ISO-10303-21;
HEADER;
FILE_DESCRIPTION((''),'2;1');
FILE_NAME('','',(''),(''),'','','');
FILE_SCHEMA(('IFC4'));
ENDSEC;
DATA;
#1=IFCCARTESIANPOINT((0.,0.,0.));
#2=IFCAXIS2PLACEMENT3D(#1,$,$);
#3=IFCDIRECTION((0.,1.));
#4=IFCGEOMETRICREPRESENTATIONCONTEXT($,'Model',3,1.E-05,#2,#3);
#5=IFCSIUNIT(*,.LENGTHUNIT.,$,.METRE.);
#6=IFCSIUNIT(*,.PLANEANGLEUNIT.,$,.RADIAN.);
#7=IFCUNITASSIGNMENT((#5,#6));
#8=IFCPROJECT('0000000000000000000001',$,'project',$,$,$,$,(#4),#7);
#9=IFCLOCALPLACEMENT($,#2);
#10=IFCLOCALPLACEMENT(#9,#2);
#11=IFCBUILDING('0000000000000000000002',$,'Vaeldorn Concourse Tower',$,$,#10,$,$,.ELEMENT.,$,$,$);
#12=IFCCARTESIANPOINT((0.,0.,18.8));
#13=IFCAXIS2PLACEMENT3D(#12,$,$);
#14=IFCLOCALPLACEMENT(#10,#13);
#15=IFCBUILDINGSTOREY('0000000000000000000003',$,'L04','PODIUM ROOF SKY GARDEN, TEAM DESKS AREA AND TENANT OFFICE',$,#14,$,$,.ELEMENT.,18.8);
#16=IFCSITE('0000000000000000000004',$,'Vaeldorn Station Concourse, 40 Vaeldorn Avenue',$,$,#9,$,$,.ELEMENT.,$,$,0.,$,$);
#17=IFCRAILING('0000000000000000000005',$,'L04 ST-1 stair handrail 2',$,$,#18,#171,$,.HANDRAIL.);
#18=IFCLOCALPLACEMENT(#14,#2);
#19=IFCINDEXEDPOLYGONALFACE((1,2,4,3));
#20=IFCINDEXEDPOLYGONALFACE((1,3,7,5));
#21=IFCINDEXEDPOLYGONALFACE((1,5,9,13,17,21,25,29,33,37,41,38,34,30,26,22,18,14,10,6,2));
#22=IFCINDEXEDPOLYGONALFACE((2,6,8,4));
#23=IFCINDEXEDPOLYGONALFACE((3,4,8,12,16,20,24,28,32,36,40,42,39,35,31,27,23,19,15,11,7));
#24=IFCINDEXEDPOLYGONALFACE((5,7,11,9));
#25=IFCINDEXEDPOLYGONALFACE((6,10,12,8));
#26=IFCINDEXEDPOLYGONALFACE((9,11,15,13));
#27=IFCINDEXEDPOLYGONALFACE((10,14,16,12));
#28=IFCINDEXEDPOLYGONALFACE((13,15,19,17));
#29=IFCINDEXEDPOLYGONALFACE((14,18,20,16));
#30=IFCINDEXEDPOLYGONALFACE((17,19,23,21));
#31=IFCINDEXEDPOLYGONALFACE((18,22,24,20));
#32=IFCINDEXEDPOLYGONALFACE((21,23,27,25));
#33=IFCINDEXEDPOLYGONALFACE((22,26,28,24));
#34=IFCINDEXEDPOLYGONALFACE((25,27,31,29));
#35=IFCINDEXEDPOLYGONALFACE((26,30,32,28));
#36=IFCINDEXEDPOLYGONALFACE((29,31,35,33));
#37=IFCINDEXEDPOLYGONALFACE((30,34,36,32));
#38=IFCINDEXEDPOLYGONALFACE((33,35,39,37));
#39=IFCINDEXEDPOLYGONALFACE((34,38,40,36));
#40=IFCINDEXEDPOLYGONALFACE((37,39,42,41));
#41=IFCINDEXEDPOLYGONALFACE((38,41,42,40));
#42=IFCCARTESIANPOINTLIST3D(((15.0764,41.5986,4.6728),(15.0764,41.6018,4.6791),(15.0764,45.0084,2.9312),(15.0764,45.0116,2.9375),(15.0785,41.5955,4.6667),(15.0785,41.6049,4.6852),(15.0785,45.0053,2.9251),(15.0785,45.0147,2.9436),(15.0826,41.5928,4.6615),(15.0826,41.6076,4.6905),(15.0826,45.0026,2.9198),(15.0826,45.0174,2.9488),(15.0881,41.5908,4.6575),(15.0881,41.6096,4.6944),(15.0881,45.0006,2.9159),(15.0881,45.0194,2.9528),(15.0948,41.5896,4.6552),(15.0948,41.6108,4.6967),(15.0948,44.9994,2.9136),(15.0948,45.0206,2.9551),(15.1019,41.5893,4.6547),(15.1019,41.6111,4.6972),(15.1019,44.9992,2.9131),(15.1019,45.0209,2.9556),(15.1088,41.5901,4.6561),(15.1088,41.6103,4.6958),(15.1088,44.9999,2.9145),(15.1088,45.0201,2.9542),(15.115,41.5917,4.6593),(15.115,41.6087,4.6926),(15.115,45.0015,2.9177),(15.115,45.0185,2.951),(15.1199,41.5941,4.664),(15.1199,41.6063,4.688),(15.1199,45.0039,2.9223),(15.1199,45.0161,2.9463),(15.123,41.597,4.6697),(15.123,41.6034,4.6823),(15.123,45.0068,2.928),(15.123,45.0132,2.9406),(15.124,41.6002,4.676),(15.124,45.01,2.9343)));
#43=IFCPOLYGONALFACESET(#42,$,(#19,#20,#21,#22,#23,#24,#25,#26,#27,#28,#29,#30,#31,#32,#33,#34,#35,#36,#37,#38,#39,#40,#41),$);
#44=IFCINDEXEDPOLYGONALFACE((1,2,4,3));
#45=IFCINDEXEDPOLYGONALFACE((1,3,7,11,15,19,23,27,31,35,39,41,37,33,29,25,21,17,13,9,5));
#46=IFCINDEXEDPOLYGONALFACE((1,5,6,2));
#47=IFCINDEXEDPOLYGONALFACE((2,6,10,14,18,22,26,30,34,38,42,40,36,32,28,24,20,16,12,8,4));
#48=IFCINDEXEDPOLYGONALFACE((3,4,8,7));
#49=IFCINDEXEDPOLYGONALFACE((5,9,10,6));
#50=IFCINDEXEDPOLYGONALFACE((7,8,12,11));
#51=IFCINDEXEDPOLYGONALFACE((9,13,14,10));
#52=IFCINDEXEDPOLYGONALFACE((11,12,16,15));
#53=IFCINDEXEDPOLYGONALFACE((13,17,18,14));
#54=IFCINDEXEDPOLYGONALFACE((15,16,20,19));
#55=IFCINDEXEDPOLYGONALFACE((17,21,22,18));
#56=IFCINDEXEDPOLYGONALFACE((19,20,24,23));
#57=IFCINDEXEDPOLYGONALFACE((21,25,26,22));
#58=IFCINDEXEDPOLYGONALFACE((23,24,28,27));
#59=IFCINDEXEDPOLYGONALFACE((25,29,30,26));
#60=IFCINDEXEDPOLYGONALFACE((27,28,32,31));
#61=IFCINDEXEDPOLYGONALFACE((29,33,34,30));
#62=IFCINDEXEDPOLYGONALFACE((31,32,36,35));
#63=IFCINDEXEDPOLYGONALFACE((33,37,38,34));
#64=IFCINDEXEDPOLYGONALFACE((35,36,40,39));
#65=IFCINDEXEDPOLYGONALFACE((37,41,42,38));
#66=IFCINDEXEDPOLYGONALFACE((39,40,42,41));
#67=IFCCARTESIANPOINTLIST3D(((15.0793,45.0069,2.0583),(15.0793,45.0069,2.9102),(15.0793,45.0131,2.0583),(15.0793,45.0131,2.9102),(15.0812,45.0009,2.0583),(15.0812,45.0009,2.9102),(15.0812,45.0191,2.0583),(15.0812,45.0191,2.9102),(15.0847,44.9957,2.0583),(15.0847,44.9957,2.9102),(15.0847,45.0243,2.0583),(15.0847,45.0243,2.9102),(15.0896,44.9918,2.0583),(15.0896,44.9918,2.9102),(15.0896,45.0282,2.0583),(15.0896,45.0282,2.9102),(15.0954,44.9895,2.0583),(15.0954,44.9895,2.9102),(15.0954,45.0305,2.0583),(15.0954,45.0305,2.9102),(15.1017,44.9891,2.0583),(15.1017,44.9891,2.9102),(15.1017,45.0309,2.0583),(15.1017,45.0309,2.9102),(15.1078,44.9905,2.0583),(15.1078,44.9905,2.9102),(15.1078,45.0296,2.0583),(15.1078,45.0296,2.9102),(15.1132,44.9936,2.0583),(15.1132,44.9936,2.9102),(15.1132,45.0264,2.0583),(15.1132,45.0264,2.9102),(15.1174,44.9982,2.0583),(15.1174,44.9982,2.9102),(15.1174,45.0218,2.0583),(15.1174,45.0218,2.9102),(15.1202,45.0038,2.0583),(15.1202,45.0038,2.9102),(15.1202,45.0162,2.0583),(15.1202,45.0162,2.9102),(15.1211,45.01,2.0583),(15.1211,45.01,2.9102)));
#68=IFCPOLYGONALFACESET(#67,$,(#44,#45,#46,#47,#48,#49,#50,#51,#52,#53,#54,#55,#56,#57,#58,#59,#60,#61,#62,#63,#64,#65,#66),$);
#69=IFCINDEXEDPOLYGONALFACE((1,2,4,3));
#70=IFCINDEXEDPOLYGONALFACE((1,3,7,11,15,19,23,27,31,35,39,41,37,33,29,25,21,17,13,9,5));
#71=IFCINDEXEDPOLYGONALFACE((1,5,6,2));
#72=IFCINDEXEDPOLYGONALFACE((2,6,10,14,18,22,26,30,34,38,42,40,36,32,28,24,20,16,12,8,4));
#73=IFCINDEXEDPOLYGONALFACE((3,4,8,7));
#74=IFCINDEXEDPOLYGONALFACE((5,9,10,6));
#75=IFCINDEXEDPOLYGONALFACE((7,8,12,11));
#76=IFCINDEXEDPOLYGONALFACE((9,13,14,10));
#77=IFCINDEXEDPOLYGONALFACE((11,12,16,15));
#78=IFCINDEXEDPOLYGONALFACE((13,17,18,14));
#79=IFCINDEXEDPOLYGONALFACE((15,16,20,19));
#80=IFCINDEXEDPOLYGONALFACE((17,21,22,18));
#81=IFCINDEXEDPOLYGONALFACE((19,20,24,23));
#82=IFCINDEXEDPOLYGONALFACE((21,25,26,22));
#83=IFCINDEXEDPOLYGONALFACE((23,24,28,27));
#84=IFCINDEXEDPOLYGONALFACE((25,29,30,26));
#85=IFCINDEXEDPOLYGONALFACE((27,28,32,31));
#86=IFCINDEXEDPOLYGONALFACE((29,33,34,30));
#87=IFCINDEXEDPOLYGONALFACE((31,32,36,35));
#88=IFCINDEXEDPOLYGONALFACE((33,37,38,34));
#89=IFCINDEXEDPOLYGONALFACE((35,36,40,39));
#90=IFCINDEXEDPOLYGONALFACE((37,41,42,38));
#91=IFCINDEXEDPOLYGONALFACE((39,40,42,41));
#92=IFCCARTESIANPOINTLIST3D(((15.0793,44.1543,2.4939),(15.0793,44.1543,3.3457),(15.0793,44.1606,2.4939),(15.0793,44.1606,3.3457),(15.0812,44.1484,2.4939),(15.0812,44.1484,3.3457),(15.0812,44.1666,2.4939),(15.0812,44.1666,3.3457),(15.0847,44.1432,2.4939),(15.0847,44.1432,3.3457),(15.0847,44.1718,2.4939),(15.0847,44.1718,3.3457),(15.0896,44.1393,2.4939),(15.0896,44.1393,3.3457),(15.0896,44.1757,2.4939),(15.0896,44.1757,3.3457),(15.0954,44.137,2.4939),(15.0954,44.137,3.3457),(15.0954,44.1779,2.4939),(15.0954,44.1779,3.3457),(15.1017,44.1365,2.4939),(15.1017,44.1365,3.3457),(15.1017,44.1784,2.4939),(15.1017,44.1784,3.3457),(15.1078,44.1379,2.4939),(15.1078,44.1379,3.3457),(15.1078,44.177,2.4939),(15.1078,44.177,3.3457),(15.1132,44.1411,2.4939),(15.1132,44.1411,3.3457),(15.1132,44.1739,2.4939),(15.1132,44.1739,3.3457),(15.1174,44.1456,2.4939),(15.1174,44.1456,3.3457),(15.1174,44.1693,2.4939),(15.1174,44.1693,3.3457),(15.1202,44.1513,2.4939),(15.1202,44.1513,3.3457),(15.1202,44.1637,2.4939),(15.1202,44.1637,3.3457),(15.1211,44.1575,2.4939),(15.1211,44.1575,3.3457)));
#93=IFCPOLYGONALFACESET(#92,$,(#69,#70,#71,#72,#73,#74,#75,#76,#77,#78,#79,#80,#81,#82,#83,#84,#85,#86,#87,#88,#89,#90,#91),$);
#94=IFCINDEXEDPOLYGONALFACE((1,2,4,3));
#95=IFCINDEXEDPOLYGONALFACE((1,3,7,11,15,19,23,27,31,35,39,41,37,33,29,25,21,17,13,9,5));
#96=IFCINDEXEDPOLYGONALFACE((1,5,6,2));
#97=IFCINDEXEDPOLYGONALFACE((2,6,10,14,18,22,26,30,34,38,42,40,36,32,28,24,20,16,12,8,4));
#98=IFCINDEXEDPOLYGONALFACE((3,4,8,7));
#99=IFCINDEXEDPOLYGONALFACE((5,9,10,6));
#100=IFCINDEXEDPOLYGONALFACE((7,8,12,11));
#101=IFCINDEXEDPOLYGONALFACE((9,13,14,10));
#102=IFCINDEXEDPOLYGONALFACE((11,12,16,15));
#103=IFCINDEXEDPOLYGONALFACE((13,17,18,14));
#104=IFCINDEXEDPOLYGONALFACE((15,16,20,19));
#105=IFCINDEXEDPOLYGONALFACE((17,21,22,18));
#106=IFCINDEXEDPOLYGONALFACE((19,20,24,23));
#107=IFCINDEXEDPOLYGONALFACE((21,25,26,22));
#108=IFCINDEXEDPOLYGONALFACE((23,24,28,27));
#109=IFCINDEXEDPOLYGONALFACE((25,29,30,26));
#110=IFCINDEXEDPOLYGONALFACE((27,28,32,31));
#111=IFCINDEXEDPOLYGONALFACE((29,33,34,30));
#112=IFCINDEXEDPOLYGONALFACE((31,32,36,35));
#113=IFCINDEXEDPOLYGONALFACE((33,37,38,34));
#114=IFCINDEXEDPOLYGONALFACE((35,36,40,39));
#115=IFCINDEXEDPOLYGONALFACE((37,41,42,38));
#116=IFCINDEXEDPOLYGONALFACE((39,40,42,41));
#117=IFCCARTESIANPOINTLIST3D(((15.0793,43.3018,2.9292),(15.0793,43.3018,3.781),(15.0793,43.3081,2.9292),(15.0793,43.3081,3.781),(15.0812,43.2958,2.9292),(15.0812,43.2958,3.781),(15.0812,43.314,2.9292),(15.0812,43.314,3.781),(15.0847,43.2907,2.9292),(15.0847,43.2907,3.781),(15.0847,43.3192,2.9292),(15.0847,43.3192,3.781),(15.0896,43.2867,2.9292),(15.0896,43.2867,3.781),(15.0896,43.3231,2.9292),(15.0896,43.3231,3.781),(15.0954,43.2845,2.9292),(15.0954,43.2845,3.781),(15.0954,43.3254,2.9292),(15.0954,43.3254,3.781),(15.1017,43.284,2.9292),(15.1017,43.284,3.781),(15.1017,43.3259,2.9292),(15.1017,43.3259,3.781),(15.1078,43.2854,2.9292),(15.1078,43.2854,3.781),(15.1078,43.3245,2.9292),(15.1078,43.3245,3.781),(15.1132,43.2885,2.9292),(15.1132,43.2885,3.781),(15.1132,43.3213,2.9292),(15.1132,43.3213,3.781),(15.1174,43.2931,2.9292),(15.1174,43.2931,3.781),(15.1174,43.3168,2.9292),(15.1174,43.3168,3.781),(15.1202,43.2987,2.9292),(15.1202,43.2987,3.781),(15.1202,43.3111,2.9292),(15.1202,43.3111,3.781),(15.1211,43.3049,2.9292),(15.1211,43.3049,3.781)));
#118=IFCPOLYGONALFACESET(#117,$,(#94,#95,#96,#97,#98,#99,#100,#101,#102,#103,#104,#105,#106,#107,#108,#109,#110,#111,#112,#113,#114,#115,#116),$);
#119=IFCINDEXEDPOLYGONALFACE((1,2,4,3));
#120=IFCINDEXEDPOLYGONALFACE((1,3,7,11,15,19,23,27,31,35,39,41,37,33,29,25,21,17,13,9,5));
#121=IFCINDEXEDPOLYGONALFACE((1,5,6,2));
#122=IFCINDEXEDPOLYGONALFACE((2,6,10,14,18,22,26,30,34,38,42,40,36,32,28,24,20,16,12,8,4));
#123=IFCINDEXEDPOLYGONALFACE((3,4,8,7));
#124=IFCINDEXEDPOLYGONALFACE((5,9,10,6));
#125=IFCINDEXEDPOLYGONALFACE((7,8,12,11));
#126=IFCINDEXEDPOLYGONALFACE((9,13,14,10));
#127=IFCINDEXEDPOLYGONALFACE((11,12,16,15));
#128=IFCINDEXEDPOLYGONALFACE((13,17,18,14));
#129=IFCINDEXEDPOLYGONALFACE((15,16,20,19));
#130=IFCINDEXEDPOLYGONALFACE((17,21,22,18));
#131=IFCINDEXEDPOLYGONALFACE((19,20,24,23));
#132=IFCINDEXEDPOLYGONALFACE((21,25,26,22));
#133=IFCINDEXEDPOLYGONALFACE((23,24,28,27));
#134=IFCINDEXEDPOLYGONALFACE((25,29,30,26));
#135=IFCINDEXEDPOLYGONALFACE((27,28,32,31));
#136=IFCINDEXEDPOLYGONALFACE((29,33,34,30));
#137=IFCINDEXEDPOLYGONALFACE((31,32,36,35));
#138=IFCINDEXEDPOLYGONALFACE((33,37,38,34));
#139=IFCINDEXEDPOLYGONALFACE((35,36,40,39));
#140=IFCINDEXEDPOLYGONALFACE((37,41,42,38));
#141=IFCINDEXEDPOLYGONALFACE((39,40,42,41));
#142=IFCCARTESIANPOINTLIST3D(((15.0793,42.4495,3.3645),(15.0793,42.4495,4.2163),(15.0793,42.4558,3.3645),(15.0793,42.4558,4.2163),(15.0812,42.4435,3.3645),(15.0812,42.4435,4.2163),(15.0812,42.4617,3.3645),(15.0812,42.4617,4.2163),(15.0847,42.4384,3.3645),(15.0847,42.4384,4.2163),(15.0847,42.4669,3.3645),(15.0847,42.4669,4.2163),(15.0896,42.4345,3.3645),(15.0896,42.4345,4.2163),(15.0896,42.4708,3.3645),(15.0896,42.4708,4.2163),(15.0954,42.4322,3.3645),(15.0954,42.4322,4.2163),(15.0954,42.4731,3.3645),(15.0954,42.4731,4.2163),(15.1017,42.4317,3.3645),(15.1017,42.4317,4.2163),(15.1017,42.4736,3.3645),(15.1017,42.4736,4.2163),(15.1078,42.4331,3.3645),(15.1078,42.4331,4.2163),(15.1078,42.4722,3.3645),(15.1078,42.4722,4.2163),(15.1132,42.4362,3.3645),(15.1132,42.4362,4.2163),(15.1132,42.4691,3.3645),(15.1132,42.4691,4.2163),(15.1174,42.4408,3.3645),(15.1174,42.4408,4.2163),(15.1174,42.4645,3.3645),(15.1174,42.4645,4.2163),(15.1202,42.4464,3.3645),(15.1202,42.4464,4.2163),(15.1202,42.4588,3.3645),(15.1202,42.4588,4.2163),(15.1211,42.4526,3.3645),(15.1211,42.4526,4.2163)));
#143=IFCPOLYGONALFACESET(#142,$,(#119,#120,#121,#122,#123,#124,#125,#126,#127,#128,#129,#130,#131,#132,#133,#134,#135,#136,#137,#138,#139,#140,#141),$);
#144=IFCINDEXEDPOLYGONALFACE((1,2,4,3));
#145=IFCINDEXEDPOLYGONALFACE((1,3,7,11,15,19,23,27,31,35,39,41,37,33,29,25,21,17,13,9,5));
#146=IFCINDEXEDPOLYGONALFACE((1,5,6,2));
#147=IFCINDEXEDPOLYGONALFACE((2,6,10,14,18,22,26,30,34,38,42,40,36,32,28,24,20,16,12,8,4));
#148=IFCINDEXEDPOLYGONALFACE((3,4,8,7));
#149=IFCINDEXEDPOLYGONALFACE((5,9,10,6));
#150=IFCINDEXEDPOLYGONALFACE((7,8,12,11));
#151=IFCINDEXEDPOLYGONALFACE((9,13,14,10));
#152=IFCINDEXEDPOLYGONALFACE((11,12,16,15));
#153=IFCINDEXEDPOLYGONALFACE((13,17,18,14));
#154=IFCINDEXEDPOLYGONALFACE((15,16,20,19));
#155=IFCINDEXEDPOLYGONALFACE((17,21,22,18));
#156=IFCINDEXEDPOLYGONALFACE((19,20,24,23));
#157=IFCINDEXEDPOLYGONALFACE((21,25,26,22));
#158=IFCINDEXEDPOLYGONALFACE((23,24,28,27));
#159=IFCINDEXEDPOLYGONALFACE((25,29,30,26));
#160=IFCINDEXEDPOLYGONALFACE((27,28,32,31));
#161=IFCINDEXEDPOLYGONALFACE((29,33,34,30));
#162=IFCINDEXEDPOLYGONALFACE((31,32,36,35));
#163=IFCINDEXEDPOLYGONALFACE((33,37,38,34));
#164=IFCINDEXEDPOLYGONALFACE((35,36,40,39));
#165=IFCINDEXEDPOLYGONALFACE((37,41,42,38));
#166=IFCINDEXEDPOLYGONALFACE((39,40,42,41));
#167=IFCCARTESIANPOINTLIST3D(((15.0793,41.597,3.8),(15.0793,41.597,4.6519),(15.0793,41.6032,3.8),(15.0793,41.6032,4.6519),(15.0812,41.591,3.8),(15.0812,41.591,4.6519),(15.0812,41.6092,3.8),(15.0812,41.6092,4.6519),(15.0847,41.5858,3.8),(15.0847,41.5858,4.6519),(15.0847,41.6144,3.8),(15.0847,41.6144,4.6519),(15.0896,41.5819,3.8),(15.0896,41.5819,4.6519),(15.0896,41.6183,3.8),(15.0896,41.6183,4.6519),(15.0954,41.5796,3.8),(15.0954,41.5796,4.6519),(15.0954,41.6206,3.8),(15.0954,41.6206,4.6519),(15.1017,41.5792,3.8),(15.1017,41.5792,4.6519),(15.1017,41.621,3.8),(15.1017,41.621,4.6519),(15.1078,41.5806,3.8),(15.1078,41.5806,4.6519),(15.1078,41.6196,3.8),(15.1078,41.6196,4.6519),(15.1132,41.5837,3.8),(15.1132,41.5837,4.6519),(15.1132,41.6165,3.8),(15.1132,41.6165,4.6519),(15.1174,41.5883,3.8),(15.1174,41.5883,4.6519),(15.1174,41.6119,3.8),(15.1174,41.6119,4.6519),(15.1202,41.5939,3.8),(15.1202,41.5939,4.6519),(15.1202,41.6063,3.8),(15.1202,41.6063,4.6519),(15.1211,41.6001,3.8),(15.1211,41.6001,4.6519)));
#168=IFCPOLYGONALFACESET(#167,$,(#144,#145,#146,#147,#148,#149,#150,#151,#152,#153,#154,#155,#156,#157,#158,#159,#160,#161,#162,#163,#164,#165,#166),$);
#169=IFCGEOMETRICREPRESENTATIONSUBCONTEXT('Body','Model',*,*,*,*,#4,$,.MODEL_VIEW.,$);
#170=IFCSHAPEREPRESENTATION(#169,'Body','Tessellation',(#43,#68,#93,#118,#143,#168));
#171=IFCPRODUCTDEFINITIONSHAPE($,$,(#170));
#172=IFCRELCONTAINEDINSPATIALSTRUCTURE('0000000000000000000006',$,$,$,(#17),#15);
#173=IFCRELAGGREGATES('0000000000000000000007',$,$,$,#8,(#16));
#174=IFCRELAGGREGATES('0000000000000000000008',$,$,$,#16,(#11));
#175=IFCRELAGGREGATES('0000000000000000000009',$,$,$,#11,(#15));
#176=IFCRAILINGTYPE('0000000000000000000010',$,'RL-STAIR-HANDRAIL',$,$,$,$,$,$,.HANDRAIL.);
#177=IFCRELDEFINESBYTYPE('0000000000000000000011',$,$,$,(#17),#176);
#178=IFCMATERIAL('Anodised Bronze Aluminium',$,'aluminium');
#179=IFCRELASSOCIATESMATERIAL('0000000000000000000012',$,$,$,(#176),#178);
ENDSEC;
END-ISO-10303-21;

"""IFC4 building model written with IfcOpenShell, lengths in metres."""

from ifc_helpers import new_model, si_unit, direction, frame, origin, origin_2d, place, context, subcontext, project, spatial, circle, extrude, material, type_object, element, save


model = new_model("IFC4")

# Units and contexts
model_context = context("Model", 3, precision=1e-05, world=origin(), true_north=direction((0.0, 1.0)))
body_context = subcontext(model_context, "Body", "Model", "MODEL_VIEW")
ifc_project = project(units=[si_unit("LENGTHUNIT", "METRE"), si_unit("PLANEANGLEUNIT", "RADIAN")], contexts=[model_context])

# Site, building, storey
site_placement = place(None, origin())
site = spatial("IfcSite", under=ifc_project, at=site_placement, Name="Vaeldorn Station Concourse, 40 Vaeldorn Avenue", CompositionType="ELEMENT", RefElevation=0.0)
building_placement = place(site_placement, origin())
building = spatial("IfcBuilding", under=site, at=building_placement, Name="Vaeldorn Concourse Tower", CompositionType="ELEMENT")
storey_placement = place(building_placement, frame((0.0, 0.0, 18.8)))
storey = spatial("IfcBuildingStorey", under=building, at=storey_placement, Name="L04", Description="PODIUM ROOF SKY GARDEN, TEAM DESKS AREA AND TENANT OFFICE", CompositionType="ELEMENT", Elevation=18.8)

# Shared definitions
ifc_material_1 = material(Name="Anodised Bronze Aluminium", Category="aluminium")

# Railing
railing_type_1 = type_object("IfcRailingType", Name="RL-STAIR-HANDRAIL", PredefinedType="HANDRAIL", material=ifc_material_1)
railing_1_placement = place(storey_placement, frame((15.1001, 45.01, 2.0583)))
element("IfcRailing", 1, at=railing_1_placement, inside=storey, type_object=railing_type_1, Name="L04 ST-1 stair handrail 2", PredefinedType="HANDRAIL", context=body_context, shape_type="SweptSolid", body=[
    extrude(circle(Radius=0.0239, at=origin_2d()), frame((0.0, 0.0, 0.876), z_axis=(0.0, -0.890556, 0.454874), x_axis=(1.0, 0.0, 0.0)), (0.0, 0.0, 1.0), 3.8289),
    extrude(circle(Radius=0.021, at=origin_2d()), origin(), (0.0, 0.0, 1.0), 0.8518),
    extrude(circle(Radius=0.021, at=origin_2d()), frame((0.0, -0.8525, 0.4355)), (0.0, 0.0, 1.0), 0.8518),
    extrude(circle(Radius=0.021, at=origin_2d()), frame((0.0, -1.7051, 0.8708)), (0.0, 0.0, 1.0), 0.8518),
    extrude(circle(Radius=0.021, at=origin_2d()), frame((0.0, -2.5574, 1.3062)), (0.0, 0.0, 1.0), 0.8518),
    extrude(circle(Radius=0.021, at=origin_2d()), frame((0.0, -3.4099, 1.7417)), (0.0, 0.0, 1.0), 0.8518),
])

save(model, "model.ifc")
